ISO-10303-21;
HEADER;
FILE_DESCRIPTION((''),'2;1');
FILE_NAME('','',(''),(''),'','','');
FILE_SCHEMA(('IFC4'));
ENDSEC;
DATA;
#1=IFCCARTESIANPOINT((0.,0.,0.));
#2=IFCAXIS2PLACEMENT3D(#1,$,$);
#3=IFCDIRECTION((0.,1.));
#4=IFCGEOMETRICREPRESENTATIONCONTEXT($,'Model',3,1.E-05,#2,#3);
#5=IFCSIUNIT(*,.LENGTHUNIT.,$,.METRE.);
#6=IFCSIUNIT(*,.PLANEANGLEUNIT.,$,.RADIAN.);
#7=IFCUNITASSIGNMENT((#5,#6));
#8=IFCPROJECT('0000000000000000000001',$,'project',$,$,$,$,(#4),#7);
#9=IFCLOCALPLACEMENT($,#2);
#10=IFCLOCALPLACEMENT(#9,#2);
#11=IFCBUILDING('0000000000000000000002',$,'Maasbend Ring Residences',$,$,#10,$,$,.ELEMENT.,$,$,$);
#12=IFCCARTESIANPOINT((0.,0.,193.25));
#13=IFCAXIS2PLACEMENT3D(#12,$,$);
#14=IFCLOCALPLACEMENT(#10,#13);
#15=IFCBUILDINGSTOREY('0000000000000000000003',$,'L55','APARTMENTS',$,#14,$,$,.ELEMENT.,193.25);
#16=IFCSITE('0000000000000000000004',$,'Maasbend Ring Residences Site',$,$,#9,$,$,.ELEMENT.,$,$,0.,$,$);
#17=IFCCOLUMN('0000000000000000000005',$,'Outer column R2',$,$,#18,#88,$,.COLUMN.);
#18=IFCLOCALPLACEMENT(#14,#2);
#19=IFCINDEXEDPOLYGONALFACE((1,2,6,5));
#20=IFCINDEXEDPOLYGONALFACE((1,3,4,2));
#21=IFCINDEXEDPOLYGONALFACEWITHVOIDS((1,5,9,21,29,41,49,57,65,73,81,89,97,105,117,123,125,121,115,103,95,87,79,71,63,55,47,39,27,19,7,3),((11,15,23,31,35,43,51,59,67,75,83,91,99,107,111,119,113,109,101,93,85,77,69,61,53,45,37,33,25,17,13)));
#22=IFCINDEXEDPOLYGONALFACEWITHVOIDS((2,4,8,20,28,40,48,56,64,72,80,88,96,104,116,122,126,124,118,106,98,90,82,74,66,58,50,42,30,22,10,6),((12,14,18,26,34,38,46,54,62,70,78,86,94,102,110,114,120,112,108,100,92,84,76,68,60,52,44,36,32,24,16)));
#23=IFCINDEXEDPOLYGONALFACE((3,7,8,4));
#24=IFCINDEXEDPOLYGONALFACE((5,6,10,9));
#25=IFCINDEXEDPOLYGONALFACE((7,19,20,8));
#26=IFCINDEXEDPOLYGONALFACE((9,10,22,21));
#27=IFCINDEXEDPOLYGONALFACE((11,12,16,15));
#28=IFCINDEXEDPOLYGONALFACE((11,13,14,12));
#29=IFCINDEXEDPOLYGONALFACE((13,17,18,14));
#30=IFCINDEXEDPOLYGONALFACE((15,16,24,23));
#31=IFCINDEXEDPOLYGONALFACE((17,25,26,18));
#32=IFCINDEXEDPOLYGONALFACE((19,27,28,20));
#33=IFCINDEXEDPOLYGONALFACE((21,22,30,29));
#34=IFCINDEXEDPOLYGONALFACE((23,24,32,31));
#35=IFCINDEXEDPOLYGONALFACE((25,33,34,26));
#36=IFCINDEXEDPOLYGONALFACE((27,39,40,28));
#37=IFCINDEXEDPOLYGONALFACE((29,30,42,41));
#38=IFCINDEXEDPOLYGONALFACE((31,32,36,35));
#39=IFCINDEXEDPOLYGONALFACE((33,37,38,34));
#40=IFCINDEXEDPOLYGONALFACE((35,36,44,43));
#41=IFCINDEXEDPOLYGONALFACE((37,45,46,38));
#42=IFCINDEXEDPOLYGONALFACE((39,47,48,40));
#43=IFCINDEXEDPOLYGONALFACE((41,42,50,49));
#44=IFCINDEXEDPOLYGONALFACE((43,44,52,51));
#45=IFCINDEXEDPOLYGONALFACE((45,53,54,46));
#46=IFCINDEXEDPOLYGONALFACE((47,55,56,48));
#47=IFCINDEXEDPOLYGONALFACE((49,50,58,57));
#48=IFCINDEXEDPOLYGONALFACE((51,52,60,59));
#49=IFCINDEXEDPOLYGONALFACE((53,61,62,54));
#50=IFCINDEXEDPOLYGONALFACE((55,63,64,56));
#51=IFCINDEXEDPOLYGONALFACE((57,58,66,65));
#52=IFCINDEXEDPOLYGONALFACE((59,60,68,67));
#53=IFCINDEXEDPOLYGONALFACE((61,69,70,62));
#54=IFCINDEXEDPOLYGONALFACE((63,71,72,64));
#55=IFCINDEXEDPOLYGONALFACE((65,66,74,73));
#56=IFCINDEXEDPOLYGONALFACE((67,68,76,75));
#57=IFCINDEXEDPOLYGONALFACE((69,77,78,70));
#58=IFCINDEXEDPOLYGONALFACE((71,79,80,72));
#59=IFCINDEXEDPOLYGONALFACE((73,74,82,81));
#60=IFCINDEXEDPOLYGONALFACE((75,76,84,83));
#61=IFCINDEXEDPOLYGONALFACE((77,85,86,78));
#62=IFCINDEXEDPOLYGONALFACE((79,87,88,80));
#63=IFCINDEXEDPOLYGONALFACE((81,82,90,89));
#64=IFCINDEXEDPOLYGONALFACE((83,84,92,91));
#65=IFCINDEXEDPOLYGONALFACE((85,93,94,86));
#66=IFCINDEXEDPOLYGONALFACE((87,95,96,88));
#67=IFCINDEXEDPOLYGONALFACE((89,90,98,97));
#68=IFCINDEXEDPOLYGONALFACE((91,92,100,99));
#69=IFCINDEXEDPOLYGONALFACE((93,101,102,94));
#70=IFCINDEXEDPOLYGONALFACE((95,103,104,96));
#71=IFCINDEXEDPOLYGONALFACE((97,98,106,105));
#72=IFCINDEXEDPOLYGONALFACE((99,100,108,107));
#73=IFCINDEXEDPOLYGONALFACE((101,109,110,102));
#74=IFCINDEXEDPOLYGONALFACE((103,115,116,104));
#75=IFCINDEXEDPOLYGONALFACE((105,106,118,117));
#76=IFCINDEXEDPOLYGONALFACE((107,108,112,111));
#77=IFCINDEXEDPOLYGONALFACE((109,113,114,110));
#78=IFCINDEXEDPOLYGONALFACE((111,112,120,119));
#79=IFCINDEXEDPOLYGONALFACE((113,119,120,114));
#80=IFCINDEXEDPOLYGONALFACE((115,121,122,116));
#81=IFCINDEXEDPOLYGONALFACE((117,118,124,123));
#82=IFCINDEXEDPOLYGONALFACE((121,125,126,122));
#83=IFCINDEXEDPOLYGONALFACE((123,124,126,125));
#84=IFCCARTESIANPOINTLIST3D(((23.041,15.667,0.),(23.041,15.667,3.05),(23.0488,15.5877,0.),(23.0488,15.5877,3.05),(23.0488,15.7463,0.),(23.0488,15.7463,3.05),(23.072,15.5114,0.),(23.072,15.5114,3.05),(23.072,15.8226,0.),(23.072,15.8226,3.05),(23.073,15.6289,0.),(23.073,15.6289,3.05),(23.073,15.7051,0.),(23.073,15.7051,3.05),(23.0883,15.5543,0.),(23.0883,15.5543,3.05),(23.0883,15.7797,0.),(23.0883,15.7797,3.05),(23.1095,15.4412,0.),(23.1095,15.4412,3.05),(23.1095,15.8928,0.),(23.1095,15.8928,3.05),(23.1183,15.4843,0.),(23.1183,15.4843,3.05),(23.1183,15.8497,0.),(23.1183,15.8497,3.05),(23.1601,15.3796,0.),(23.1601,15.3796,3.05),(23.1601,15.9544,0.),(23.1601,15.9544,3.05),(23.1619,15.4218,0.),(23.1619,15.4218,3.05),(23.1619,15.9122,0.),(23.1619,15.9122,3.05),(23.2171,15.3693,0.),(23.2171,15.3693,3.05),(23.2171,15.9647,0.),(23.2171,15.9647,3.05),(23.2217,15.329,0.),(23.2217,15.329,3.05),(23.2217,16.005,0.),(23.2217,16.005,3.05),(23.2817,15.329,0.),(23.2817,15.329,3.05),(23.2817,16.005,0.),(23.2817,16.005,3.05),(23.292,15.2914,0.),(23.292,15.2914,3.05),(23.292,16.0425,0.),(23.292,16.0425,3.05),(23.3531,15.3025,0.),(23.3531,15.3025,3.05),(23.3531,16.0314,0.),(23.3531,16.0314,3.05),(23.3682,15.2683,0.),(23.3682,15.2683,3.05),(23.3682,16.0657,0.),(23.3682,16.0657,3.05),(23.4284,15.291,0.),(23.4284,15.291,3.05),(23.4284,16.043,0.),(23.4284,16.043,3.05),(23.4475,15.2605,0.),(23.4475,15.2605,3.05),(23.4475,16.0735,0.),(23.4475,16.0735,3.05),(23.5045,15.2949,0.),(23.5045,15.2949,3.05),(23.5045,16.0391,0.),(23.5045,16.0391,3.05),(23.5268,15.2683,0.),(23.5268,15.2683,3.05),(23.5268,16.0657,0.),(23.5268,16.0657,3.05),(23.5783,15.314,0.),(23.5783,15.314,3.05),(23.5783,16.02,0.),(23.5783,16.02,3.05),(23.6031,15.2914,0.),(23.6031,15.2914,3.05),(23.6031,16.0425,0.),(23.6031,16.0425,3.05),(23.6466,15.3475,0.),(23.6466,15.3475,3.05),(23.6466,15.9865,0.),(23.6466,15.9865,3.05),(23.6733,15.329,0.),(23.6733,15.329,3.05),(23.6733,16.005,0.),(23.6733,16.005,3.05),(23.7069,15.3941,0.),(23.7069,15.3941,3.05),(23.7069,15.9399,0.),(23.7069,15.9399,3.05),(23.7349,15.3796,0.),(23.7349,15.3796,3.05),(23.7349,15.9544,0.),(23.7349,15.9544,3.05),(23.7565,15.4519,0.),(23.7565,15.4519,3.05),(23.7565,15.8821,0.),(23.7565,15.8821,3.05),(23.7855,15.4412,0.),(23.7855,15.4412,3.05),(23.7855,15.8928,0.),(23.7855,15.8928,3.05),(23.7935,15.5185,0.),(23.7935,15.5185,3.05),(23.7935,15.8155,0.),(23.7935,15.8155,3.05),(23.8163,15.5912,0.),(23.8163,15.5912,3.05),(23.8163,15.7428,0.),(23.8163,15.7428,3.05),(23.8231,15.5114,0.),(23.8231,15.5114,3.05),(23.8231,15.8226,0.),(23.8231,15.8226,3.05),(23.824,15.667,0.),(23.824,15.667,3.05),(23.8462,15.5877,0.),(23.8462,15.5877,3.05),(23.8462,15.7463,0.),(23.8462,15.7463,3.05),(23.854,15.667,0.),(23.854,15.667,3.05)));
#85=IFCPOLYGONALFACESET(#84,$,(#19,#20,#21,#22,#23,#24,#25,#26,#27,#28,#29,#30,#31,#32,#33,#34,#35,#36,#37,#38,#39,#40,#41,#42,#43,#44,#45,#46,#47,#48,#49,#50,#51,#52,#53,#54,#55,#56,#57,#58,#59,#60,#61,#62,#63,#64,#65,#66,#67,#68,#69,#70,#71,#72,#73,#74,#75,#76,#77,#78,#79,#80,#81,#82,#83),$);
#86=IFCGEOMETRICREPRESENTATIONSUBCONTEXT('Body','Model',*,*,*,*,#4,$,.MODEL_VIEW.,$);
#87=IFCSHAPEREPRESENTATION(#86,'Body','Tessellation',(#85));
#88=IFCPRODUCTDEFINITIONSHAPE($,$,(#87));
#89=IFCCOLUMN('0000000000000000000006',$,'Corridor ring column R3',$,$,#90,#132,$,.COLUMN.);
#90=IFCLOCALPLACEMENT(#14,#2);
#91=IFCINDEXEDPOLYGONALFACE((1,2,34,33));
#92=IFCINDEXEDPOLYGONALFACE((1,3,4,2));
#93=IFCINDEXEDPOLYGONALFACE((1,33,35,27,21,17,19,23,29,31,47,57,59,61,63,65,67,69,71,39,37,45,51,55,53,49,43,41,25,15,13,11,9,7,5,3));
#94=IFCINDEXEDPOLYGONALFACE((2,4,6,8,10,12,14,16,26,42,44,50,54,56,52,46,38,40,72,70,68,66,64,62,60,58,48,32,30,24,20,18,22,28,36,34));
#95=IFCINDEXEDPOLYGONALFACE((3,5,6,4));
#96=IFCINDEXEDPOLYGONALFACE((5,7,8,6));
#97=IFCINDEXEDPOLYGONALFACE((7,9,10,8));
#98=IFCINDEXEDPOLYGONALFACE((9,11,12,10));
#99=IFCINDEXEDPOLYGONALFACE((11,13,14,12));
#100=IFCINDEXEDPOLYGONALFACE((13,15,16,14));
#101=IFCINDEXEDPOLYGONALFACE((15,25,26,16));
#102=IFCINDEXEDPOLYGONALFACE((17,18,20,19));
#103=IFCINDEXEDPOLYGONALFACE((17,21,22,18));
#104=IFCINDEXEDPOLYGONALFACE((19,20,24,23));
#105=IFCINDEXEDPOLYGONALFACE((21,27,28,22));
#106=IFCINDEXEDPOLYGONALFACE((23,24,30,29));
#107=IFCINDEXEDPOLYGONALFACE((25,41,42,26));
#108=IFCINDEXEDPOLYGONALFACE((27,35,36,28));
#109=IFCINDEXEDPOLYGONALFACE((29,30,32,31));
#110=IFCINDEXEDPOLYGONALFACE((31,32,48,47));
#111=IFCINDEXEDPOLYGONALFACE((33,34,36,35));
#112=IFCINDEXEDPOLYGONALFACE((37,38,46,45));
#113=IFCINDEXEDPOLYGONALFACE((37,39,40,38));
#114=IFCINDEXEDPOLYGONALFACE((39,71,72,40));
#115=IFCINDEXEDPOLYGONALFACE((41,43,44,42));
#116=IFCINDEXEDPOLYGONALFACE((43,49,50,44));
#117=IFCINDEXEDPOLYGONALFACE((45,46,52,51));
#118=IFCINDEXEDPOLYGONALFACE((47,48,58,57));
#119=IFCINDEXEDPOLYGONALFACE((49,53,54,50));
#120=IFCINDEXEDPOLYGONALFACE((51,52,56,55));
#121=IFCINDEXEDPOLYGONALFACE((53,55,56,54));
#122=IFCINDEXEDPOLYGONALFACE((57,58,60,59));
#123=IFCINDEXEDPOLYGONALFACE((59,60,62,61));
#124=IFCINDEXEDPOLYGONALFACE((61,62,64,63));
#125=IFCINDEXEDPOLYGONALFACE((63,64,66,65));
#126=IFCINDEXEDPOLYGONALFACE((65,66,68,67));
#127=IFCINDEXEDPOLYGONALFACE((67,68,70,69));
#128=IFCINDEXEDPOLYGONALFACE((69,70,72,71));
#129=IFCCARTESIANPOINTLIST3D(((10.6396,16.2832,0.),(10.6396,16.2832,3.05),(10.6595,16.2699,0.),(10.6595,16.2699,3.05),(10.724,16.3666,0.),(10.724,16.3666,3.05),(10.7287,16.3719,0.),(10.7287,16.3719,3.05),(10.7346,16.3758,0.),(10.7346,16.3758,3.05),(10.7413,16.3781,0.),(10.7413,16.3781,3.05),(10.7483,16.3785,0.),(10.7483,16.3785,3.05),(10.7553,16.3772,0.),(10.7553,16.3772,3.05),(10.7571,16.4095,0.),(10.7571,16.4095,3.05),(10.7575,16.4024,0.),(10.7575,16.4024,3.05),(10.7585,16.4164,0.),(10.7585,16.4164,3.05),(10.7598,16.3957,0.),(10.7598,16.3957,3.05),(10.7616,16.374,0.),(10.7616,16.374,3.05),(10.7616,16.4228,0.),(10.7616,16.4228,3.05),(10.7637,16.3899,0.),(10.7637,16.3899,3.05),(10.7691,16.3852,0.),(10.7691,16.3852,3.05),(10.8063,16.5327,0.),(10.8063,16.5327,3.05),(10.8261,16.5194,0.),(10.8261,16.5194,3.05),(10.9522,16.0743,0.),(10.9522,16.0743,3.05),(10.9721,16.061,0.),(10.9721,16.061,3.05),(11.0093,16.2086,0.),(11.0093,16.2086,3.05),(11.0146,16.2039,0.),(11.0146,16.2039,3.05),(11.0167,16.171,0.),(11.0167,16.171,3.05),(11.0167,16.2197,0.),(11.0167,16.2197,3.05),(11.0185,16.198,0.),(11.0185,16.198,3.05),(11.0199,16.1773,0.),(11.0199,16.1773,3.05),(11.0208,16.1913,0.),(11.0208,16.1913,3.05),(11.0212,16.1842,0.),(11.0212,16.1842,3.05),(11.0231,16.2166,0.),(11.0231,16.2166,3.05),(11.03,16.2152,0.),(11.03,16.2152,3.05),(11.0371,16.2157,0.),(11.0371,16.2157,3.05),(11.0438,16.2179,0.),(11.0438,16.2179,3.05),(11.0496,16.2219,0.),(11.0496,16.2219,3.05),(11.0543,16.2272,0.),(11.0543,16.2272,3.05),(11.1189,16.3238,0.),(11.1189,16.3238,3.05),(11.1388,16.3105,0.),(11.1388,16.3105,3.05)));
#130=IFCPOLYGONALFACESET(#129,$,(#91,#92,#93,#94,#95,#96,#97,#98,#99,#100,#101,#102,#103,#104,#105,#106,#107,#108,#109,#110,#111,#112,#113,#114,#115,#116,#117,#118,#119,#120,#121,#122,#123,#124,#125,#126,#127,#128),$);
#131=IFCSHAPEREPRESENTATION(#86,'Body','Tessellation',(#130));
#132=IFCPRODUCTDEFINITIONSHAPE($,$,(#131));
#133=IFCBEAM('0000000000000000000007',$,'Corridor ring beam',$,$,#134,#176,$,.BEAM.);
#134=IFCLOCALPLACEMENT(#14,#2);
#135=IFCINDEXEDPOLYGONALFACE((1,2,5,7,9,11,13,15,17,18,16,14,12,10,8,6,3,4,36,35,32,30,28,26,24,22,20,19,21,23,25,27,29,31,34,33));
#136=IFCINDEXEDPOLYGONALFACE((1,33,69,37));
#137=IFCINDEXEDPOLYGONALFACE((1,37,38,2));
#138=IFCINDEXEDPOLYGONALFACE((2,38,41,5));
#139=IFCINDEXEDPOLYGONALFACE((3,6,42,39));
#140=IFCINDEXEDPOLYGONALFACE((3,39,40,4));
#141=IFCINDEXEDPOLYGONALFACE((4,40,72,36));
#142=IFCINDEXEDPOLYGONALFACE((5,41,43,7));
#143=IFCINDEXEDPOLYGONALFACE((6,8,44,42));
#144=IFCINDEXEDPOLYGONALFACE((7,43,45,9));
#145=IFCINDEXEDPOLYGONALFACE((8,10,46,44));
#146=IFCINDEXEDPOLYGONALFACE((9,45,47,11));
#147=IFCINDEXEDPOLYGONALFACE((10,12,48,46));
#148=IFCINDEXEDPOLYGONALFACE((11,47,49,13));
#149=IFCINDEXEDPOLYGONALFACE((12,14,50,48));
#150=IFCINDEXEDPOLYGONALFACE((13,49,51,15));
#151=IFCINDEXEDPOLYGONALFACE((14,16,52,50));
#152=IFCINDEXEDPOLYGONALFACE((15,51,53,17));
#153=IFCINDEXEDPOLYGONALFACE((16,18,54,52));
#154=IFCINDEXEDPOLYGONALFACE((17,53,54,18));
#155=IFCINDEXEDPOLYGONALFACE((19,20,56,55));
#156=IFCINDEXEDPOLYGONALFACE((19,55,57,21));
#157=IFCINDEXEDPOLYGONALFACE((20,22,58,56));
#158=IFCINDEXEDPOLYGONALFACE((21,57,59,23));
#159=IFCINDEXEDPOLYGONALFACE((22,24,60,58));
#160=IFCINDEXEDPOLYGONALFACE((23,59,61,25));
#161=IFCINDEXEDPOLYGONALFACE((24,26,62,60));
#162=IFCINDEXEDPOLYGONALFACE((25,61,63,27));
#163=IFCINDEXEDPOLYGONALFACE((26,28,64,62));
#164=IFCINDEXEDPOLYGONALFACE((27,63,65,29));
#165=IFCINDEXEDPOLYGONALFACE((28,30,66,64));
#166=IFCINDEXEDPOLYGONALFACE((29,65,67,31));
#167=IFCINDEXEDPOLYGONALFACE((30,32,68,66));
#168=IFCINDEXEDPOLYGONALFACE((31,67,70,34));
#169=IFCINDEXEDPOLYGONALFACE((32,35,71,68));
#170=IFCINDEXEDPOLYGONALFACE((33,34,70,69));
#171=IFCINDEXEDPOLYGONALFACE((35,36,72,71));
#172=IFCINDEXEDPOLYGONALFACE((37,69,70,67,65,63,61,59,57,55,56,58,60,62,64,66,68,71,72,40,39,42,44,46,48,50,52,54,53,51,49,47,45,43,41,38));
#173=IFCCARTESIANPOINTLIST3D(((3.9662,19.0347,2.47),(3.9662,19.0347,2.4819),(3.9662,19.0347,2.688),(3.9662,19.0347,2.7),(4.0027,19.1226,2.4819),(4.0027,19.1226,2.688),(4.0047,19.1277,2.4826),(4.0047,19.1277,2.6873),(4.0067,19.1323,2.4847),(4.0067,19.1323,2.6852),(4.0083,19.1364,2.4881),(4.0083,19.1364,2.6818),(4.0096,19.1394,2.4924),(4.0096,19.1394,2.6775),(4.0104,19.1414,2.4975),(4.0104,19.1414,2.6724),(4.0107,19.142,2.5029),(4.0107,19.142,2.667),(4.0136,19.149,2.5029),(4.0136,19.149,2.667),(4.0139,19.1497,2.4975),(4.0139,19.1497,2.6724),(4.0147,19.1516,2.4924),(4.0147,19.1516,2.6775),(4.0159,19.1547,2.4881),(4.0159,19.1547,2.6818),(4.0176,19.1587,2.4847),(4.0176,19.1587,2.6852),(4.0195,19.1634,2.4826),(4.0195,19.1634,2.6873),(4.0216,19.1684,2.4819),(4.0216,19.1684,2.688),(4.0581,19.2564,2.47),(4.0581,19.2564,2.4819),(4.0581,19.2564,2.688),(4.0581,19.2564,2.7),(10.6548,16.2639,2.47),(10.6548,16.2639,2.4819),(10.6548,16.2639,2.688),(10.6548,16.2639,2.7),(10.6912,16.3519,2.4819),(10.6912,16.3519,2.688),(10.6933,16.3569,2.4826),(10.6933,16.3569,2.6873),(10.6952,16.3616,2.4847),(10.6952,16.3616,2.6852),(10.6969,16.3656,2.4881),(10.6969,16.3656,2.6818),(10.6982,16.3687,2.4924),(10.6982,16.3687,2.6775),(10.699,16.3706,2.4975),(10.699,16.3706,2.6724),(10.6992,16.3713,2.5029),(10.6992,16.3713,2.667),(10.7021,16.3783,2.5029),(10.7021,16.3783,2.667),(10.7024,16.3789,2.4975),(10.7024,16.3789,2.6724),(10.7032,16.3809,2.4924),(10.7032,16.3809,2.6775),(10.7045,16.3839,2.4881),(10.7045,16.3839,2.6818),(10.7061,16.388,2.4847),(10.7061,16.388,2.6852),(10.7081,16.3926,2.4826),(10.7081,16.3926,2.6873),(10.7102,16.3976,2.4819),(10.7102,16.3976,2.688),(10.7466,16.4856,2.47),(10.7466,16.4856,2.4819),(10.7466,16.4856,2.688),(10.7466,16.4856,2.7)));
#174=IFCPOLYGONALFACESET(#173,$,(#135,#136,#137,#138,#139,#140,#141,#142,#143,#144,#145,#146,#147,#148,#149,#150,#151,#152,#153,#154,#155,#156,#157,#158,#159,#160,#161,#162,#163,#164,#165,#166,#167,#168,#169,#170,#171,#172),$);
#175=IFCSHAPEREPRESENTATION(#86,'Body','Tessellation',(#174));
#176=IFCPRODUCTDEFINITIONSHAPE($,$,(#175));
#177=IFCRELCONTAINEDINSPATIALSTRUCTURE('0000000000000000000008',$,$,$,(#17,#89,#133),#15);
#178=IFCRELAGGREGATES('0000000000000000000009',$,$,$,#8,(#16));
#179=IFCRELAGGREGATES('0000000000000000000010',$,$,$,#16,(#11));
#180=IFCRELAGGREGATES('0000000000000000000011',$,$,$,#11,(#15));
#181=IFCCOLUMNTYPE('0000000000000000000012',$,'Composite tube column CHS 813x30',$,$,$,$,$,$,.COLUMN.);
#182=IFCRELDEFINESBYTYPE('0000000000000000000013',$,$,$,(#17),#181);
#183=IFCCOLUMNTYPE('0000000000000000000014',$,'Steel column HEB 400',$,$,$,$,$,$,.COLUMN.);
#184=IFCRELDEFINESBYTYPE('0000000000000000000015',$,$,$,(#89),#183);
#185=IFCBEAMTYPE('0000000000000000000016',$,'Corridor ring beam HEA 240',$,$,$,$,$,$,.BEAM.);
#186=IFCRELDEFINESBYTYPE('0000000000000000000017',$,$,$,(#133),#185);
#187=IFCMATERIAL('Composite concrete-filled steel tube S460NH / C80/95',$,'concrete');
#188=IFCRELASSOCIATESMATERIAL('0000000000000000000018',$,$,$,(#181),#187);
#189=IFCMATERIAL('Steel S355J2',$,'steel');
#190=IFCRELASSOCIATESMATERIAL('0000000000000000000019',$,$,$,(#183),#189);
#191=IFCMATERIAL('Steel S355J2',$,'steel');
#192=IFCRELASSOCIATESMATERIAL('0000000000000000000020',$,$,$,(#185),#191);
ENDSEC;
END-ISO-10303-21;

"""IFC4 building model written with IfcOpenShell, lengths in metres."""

from ifc_helpers import new_model, si_unit, direction, frame, origin, origin_2d, place, context, subcontext, project, spatial, hollow_circle, i_section, extrude, material, material_profile, profile_set, type_object, element, save


model = new_model("IFC4")

# Units and contexts
model_context = context("Model", 3, precision=1e-05, world=origin(), true_north=direction((0.0, 1.0)))
body_context = subcontext(model_context, "Body", "Model", "MODEL_VIEW")
ifc_project = project(units=[si_unit("LENGTHUNIT", "METRE"), si_unit("PLANEANGLEUNIT", "RADIAN")], contexts=[model_context])

# Site, building, storey
site_placement = place(None, origin())
site = spatial("IfcSite", under=ifc_project, at=site_placement, Name="Maasbend Ring Residences Site", CompositionType="ELEMENT", RefElevation=0.0)
building_placement = place(site_placement, origin())
building = spatial("IfcBuilding", under=site, at=building_placement, Name="Maasbend Ring Residences", CompositionType="ELEMENT")
storey_placement = place(building_placement, frame((0.0, 0.0, 193.25)))
storey = spatial("IfcBuildingStorey", under=building, at=storey_placement, Name="L55", Description="APARTMENTS", CompositionType="ELEMENT", Elevation=193.25)

# Columns
ifc_material_1 = material(Name="Composite concrete-filled steel tube S460NH / C80/95", Category="concrete")
ifc_material_profile_1 = material_profile(ifc_material_1, hollow_circle(Radius=0.4065, WallThickness=0.03, at=origin_2d()), Name="Composite tube column CHS 813x30")
ifc_profile_set_1 = profile_set([ifc_material_profile_1], Name="Composite concrete-filled steel tube S460NH / C80/95")
column_type_1 = type_object("IfcColumnType", Name="Composite tube column CHS 813x30", PredefinedType="COLUMN", material=ifc_profile_set_1)
column_1_placement = place(storey_placement, frame((23.4475, 15.667, 0.0), z_axis=(0.0, 0.0, 1.0), x_axis=(1.0, 0.0, 0.0)))
element("IfcColumn", 1, at=column_1_placement, inside=storey, type_object=column_type_1, Name="Outer column R2", PredefinedType="COLUMN", context=body_context, shape_type="SweptSolid", body=[
    extrude(hollow_circle(Radius=0.4065, WallThickness=0.03, at=origin_2d()), origin(), (0.0, 0.0, 1.0), 3.05),
])
ifc_material_2 = material(Name="Steel S355J2", Category="steel")
ifc_material_profile_2 = material_profile(ifc_material_2, i_section(OverallWidth=0.3, OverallDepth=0.3999, WebThickness=0.0134, FlangeThickness=0.0239, FilletRadius=0.0271, at=origin_2d()), Name="HEB 400")
ifc_profile_set_2 = profile_set([ifc_material_profile_2], Name="Steel S355J2")
column_type_2 = type_object("IfcColumnType", Name="Steel column HEB 400", PredefinedType="COLUMN", material=ifc_profile_set_2)
column_2_placement = place(storey_placement, frame((10.8892, 16.2969, 0.0), z_axis=(0.0, 0.0, 1.0), x_axis=(0.55557, 0.83147, 0.0)))
element("IfcColumn", 2, at=column_2_placement, inside=storey, type_object=column_type_2, Name="Corridor ring column R3", PredefinedType="COLUMN", context=body_context, shape_type="SweptSolid", body=[
    extrude(i_section(OverallWidth=0.3, OverallDepth=0.3999, WebThickness=0.0134, FlangeThickness=0.0239, FilletRadius=0.0271, at=origin_2d()), origin(), (0.0, 0.0, 1.0), 3.05),
])

# Beam
ifc_material_3 = material(Name="Steel S355J2", Category="steel")
ifc_material_profile_3 = material_profile(ifc_material_3, i_section(OverallWidth=0.24, OverallDepth=0.23, WebThickness=0.0076, FlangeThickness=0.012, FilletRadius=0.021, at=origin_2d()), Name="HEA 240")
ifc_profile_set_3 = profile_set([ifc_material_profile_3], Name="Steel S355J2")
beam_type_1 = type_object("IfcBeamType", Name="Corridor ring beam HEA 240", PredefinedType="BEAM", material=ifc_profile_set_3)
beam_1_placement = place(storey_placement, frame((10.7007, 16.3748, 2.585), z_axis=(-0.923865, 0.382718, 0.0), x_axis=(-0.382718, -0.923865, 0.0)))
element("IfcBeam", 3, at=beam_1_placement, inside=storey, type_object=beam_type_1, Name="Corridor ring beam", PredefinedType="BEAM", context=body_context, shape_type="SweptSolid", body=[
    extrude(i_section(OverallWidth=0.24, OverallDepth=0.23, WebThickness=0.0076, FlangeThickness=0.012, FilletRadius=0.021, at=origin_2d()), origin(), (0.0, 0.0, 1.0), 7.2397),
])

save(model, "model.ifc")
